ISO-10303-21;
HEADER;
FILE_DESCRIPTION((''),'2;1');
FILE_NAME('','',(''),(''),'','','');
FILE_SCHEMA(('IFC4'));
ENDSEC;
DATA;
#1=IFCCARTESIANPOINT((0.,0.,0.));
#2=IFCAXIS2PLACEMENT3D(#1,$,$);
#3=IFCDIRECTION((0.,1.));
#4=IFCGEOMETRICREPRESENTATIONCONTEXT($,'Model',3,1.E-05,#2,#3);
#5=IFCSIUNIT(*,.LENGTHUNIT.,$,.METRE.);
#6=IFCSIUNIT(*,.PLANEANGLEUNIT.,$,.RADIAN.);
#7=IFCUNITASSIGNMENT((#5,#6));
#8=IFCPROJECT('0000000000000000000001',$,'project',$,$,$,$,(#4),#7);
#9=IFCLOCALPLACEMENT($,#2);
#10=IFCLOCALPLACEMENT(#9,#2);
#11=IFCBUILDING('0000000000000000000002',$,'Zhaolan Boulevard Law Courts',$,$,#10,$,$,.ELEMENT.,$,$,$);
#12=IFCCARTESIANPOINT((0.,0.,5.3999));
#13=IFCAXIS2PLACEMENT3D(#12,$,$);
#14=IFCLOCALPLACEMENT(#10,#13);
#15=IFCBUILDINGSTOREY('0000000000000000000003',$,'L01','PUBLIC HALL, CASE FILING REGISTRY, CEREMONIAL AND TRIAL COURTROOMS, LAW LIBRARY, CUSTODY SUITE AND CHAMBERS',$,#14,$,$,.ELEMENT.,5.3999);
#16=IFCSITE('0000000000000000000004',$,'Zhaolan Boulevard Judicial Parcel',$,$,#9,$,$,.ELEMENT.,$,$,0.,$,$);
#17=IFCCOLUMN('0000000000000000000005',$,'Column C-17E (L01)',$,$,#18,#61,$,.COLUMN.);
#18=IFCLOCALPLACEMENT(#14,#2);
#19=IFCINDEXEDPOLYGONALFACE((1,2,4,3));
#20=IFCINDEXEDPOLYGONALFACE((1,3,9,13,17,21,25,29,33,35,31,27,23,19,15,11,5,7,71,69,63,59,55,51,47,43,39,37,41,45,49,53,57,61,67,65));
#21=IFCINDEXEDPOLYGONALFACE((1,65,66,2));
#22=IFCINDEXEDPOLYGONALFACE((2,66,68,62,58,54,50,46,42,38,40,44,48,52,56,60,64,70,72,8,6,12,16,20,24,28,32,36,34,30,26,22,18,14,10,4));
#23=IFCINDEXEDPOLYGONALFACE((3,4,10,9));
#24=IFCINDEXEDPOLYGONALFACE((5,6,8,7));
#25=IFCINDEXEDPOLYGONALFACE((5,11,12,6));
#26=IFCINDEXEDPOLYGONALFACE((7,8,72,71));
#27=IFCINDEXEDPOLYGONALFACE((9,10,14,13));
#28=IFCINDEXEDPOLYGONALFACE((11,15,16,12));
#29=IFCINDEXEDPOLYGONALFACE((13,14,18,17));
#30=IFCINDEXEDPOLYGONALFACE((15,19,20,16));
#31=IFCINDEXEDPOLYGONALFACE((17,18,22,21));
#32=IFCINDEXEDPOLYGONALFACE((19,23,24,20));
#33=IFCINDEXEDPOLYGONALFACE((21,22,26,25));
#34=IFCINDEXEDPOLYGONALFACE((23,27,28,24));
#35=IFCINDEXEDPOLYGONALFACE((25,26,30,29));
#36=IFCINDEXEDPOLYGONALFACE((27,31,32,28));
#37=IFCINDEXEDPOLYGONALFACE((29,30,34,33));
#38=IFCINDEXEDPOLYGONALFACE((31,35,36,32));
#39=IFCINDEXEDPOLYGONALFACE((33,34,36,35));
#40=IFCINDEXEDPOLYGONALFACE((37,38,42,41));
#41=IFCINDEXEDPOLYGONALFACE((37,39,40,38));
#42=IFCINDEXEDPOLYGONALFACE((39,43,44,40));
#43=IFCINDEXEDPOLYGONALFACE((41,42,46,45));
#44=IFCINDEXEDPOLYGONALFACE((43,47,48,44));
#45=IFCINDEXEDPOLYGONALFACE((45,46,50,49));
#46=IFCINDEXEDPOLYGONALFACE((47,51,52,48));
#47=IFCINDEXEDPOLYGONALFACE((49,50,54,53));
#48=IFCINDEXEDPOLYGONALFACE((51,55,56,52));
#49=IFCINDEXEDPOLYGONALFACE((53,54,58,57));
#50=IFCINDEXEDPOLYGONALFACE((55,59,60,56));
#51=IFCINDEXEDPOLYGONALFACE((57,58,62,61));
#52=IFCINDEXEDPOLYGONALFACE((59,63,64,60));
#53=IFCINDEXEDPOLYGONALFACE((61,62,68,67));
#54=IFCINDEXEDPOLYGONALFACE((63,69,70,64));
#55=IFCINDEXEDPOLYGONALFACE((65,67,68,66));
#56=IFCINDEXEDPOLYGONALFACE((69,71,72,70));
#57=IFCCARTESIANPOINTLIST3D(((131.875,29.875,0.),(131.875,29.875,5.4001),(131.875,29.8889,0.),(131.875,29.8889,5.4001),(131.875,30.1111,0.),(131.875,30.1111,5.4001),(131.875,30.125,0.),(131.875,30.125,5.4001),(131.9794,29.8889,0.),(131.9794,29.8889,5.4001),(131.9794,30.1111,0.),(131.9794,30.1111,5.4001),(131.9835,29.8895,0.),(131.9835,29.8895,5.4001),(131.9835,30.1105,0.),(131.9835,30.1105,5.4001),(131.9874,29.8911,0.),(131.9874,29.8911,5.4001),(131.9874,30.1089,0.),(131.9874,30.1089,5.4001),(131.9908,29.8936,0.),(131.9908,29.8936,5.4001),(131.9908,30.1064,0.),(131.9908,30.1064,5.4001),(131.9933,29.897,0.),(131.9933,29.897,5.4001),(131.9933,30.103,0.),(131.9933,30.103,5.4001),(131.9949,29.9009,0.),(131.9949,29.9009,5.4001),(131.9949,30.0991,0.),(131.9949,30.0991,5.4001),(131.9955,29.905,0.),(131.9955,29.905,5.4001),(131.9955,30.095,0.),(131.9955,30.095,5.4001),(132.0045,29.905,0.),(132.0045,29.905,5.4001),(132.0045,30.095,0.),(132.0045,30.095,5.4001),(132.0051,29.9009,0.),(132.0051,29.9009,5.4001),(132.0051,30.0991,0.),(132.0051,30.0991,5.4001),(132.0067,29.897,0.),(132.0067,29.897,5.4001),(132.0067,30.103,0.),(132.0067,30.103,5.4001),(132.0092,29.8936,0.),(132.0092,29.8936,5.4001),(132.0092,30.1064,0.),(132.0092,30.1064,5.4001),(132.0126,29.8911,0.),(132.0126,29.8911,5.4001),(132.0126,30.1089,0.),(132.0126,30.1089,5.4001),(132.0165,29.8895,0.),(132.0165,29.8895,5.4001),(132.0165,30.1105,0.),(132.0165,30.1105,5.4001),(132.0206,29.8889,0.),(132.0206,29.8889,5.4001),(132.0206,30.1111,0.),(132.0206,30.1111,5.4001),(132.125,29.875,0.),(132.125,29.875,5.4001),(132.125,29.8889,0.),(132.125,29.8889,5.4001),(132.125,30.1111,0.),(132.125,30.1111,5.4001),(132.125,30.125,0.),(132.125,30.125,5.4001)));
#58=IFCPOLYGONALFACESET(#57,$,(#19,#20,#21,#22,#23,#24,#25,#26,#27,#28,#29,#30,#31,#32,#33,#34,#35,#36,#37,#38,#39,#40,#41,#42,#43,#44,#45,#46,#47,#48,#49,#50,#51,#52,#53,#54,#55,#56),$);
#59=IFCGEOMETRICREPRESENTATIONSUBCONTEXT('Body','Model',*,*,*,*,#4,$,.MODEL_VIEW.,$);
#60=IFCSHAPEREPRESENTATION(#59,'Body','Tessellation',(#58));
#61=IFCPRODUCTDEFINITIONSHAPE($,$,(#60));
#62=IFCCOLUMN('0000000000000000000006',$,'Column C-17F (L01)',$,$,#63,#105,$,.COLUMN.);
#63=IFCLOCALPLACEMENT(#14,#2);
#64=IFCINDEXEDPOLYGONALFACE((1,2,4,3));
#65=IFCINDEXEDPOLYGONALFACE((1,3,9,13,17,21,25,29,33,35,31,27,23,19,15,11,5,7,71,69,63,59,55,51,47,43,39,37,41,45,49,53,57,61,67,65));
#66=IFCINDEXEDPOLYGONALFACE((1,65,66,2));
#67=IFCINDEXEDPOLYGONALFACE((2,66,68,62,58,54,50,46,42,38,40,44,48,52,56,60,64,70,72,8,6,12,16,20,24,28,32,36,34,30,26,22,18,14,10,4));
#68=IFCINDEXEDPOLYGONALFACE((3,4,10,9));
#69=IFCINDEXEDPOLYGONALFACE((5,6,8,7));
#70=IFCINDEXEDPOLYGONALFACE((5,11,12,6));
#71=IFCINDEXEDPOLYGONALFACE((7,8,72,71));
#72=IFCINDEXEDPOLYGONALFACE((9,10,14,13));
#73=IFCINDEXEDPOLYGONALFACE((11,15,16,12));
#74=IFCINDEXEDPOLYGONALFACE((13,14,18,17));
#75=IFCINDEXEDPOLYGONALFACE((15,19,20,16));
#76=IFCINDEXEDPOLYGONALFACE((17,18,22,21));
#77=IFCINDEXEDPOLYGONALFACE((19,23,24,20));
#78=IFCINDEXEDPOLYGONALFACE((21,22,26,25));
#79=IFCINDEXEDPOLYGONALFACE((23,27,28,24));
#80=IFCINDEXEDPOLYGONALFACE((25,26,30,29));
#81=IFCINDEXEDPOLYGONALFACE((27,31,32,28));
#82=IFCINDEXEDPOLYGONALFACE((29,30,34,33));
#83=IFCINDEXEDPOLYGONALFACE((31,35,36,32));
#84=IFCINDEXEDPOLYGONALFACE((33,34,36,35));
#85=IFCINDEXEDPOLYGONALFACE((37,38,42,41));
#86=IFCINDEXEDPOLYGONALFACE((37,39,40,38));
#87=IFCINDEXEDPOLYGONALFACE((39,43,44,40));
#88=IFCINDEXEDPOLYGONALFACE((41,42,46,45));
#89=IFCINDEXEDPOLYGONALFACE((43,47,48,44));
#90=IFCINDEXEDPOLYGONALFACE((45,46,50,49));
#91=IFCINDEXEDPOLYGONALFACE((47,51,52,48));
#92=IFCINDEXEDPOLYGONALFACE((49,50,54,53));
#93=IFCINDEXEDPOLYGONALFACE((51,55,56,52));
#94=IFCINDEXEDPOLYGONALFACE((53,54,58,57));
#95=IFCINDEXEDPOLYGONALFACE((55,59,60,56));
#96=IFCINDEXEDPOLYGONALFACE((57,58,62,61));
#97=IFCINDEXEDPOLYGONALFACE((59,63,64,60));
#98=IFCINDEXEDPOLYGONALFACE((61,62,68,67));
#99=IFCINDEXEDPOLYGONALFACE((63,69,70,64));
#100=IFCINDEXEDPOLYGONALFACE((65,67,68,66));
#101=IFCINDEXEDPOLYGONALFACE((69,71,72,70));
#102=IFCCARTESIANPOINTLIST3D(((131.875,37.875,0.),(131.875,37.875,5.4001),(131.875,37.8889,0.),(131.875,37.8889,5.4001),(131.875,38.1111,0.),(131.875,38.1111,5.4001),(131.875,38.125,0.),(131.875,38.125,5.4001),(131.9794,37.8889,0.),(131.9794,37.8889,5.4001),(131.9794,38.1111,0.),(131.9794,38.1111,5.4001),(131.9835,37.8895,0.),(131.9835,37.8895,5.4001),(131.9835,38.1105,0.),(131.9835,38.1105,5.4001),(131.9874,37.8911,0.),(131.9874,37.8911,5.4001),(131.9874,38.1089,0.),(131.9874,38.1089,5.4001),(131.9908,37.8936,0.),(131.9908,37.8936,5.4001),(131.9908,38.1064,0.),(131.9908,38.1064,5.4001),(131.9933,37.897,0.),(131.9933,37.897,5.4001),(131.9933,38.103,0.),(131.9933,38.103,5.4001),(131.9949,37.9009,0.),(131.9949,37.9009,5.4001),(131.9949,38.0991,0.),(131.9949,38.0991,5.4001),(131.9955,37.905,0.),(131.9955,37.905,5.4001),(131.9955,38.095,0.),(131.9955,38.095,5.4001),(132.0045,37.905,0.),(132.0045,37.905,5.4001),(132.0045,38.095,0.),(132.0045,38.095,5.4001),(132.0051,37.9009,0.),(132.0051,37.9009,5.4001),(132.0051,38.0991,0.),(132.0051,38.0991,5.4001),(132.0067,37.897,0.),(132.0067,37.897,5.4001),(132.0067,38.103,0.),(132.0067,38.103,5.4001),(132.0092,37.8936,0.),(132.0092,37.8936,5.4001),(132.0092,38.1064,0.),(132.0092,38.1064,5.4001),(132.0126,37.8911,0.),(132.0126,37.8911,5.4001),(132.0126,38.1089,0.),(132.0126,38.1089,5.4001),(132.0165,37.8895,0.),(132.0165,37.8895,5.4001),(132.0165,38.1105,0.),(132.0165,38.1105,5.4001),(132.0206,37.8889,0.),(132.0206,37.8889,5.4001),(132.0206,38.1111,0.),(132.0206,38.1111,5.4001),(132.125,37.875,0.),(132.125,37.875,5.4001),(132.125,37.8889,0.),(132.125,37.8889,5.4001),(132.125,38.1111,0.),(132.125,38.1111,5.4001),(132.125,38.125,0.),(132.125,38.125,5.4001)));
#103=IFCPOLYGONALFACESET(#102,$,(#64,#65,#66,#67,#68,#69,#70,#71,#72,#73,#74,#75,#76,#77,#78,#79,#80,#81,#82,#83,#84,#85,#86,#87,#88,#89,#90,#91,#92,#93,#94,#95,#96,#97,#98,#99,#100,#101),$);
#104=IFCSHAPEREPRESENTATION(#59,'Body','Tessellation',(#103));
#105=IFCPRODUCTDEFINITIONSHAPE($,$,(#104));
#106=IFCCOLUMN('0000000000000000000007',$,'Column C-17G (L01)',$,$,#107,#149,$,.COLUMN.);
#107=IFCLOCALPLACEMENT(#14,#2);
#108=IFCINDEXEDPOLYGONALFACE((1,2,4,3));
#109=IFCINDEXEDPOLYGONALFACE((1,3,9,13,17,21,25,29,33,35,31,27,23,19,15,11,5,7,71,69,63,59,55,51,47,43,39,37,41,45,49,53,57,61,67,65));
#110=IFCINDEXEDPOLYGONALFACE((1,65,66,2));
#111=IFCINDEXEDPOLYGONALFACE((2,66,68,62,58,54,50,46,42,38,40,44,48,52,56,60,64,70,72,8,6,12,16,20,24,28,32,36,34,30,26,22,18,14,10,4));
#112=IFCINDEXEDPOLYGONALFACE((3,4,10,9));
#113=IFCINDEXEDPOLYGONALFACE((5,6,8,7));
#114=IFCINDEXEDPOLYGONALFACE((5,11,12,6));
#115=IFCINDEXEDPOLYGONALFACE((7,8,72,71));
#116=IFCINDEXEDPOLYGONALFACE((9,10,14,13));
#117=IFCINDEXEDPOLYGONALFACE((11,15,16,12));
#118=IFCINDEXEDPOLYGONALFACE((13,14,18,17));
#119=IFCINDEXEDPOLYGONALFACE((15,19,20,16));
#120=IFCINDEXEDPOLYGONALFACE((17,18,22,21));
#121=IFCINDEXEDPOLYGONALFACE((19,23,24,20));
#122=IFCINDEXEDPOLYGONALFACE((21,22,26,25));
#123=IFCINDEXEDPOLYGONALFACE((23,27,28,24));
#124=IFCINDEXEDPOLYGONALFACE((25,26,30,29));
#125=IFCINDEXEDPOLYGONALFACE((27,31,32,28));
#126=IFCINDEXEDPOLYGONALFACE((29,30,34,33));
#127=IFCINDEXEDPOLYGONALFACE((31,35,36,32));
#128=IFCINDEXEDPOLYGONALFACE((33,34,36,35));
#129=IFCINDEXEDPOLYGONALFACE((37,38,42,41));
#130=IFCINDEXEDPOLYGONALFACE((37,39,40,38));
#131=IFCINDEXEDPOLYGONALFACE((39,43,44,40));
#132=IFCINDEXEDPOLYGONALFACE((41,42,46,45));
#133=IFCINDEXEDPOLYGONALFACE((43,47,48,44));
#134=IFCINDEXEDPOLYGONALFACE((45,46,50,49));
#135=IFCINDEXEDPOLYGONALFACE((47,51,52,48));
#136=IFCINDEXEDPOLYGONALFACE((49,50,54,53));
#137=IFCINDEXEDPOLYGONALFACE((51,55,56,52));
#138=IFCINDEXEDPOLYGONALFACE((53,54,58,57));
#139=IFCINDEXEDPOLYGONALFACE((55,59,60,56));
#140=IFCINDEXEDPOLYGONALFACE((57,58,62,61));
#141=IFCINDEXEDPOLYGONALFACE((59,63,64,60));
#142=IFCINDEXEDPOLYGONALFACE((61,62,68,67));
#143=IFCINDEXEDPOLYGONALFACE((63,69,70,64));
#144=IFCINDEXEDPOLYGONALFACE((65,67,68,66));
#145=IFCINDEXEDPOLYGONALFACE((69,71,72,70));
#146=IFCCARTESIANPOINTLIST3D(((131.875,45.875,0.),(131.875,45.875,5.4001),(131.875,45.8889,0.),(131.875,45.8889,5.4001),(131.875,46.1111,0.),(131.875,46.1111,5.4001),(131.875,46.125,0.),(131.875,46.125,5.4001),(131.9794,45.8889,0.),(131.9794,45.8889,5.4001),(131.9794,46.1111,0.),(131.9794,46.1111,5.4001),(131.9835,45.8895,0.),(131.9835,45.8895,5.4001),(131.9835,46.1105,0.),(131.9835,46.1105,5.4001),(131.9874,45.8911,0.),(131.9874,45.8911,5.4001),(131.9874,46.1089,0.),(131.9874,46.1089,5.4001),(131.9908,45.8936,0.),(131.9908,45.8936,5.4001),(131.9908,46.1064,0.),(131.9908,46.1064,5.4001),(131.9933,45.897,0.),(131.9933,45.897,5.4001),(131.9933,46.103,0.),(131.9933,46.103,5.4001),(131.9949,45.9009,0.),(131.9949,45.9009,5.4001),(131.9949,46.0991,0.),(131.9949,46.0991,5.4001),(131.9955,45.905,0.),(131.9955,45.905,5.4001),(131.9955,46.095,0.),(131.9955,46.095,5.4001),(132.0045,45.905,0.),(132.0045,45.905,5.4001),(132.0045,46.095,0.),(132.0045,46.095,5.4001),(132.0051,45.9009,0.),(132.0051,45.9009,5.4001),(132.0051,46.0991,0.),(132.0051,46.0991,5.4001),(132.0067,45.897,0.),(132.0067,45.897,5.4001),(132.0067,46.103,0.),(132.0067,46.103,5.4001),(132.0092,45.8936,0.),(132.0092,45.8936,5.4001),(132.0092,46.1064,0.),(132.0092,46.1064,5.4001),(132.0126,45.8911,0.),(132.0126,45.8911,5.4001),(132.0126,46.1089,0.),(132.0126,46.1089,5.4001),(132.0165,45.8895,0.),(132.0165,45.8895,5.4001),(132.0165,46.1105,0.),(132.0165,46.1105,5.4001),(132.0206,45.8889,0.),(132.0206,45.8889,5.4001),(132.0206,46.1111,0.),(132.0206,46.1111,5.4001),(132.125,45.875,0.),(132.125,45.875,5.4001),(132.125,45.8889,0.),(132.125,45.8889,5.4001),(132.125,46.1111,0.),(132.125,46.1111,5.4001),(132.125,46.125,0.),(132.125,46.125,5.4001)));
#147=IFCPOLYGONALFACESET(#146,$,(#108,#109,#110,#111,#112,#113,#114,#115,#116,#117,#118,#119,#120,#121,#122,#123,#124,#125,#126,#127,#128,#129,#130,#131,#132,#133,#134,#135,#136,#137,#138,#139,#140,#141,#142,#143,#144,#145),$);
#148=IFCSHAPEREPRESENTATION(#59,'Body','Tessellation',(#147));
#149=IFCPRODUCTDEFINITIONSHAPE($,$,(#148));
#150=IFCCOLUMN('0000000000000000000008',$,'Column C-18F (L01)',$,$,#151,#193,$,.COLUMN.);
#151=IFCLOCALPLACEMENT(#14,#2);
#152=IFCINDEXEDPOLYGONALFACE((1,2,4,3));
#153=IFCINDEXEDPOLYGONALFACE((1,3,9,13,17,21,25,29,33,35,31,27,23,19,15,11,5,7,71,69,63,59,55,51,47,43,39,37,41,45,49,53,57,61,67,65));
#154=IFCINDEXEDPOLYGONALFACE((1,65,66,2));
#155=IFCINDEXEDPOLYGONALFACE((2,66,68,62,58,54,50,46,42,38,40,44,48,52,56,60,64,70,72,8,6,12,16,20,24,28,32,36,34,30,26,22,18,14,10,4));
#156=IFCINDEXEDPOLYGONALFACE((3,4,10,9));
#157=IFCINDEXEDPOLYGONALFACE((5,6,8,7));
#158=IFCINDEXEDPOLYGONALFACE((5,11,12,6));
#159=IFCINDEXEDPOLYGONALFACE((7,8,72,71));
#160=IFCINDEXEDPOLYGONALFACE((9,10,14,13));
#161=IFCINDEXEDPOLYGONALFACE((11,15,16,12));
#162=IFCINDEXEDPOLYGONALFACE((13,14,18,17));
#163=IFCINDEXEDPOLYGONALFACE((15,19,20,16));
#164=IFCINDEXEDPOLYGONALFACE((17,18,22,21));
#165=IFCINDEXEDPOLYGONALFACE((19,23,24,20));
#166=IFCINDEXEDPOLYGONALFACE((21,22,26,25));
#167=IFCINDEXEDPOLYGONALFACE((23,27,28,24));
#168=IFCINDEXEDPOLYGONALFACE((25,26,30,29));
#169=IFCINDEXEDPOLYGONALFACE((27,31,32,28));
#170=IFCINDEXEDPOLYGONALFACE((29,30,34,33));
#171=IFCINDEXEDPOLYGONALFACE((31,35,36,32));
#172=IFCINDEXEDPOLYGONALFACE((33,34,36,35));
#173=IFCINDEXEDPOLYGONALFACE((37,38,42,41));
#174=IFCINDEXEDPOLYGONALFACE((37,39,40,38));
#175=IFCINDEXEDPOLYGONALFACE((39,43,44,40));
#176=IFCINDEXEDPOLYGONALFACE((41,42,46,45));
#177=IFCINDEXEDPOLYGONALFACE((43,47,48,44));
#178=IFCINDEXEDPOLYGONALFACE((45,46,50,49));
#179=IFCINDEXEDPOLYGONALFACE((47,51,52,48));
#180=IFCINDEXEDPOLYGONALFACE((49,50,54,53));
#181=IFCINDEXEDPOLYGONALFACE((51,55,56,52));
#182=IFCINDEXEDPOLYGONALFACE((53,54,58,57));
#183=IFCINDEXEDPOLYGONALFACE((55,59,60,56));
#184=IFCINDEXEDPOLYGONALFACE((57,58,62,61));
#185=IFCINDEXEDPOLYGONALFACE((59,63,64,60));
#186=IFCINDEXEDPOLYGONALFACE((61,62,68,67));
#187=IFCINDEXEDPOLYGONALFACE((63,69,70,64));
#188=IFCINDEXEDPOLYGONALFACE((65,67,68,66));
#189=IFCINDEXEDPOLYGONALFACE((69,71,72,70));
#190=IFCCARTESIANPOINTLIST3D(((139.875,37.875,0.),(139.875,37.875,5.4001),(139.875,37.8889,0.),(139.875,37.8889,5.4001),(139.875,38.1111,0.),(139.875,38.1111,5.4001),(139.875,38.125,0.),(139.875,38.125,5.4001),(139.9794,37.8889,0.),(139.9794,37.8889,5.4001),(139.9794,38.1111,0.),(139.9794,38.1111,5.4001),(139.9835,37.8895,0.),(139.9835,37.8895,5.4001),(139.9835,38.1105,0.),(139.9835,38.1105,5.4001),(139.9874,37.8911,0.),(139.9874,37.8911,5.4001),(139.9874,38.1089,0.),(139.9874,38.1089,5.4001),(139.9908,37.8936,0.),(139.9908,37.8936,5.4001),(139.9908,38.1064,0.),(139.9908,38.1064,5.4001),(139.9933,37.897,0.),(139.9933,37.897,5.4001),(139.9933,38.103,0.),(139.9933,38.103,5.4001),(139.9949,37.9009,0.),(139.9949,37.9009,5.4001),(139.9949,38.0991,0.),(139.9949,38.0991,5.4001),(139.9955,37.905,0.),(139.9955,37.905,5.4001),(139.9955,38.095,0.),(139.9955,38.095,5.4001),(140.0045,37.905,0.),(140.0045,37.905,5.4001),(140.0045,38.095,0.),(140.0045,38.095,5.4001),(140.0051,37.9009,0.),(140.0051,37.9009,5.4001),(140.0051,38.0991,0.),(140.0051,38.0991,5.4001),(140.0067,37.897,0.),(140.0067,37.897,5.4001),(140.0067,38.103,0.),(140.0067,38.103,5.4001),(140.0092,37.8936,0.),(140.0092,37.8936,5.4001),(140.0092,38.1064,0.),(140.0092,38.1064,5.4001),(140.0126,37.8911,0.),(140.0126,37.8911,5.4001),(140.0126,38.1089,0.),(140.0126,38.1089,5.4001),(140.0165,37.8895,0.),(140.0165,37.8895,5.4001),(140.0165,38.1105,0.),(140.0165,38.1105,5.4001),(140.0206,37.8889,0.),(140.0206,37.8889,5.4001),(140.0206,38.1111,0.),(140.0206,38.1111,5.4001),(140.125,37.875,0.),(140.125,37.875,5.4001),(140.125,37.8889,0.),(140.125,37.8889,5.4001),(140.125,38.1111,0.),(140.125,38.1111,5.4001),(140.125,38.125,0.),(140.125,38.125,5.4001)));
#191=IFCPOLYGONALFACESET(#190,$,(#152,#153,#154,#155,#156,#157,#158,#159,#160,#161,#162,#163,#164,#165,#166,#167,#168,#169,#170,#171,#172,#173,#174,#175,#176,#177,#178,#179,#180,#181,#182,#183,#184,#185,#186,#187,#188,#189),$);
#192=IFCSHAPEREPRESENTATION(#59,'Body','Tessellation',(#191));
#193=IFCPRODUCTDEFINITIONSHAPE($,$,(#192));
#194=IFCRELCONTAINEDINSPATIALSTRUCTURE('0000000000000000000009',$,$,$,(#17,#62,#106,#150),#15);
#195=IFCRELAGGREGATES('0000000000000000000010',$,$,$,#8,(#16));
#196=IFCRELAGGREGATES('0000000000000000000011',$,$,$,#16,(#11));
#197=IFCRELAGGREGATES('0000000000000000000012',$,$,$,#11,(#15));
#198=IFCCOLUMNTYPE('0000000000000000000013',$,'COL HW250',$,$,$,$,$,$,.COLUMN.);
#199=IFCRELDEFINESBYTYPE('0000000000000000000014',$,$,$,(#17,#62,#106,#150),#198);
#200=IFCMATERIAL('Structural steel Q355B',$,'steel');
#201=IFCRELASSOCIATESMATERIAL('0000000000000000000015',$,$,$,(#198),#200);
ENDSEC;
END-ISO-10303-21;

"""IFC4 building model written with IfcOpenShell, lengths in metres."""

from ifc_helpers import new_model, si_unit, direction, frame, origin, origin_2d, place, context, subcontext, project, spatial, i_section, extrude, material, material_profile, profile_set, type_object, element, save


model = new_model("IFC4")

# Units and contexts
model_context = context("Model", 3, precision=1e-05, world=origin(), true_north=direction((0.0, 1.0)))
body_context = subcontext(model_context, "Body", "Model", "MODEL_VIEW")
ifc_project = project(units=[si_unit("LENGTHUNIT", "METRE"), si_unit("PLANEANGLEUNIT", "RADIAN")], contexts=[model_context])

# Site, building, storey
site_placement = place(None, origin())
site = spatial("IfcSite", under=ifc_project, at=site_placement, Name="Zhaolan Boulevard Judicial Parcel", CompositionType="ELEMENT", RefElevation=0.0)
building_placement = place(site_placement, origin())
building = spatial("IfcBuilding", under=site, at=building_placement, Name="Zhaolan Boulevard Law Courts", CompositionType="ELEMENT")
storey_placement = place(building_placement, frame((0.0, 0.0, 5.3999)))
storey = spatial("IfcBuildingStorey", under=building, at=storey_placement, Name="L01", Description="PUBLIC HALL, CASE FILING REGISTRY, CEREMONIAL AND TRIAL COURTROOMS, LAW LIBRARY, CUSTODY SUITE AND CHAMBERS", CompositionType="ELEMENT", Elevation=5.3999)

# Columns
ifc_material_1 = material(Name="Structural steel Q355B", Category="steel")
ifc_material_profile_1 = material_profile(ifc_material_1, i_section(OverallWidth=0.25, OverallDepth=0.25, WebThickness=0.009, FlangeThickness=0.0139, FilletRadius=0.0161, at=origin_2d()), Name="HW250x250")
ifc_profile_set_1 = profile_set([ifc_material_profile_1], Name="Structural steel Q355B")
column_type = type_object("IfcColumnType", Name="COL HW250", PredefinedType="COLUMN", material=ifc_profile_set_1)
for number, where, z_axis, x_axis, name in (
    (1, (132.0, 30.0, 0.0), (0.0, 0.0, 1.0), (1.0, 0.0, 0.0), "Column C-17E (L01)"),
    (2, (132.0, 38.0, 0.0), (0.0, 0.0, 1.0), (1.0, 0.0, 0.0), "Column C-17F (L01)"),
    (3, (132.0, 46.0, 0.0), (0.0, 0.0, 1.0), (1.0, 0.0, 0.0), "Column C-17G (L01)"),
    (4, (140.0, 38.0, 0.0), (0.0, 0.0, 1.0), (1.0, 0.0, 0.0), "Column C-18F (L01)"),
):
    element("IfcColumn", number, at=place(storey_placement, frame(where, z_axis=z_axis, x_axis=x_axis)), inside=storey, type_object=column_type, Name=name, PredefinedType="COLUMN", context=body_context, shape_type="SweptSolid", body=[
        extrude(i_section(OverallWidth=0.25, OverallDepth=0.25, WebThickness=0.009, FlangeThickness=0.0139, FilletRadius=0.0161, at=origin_2d()), origin(), (0.0, 0.0, 1.0), 5.4001),
    ])

save(model, "model.ifc")
